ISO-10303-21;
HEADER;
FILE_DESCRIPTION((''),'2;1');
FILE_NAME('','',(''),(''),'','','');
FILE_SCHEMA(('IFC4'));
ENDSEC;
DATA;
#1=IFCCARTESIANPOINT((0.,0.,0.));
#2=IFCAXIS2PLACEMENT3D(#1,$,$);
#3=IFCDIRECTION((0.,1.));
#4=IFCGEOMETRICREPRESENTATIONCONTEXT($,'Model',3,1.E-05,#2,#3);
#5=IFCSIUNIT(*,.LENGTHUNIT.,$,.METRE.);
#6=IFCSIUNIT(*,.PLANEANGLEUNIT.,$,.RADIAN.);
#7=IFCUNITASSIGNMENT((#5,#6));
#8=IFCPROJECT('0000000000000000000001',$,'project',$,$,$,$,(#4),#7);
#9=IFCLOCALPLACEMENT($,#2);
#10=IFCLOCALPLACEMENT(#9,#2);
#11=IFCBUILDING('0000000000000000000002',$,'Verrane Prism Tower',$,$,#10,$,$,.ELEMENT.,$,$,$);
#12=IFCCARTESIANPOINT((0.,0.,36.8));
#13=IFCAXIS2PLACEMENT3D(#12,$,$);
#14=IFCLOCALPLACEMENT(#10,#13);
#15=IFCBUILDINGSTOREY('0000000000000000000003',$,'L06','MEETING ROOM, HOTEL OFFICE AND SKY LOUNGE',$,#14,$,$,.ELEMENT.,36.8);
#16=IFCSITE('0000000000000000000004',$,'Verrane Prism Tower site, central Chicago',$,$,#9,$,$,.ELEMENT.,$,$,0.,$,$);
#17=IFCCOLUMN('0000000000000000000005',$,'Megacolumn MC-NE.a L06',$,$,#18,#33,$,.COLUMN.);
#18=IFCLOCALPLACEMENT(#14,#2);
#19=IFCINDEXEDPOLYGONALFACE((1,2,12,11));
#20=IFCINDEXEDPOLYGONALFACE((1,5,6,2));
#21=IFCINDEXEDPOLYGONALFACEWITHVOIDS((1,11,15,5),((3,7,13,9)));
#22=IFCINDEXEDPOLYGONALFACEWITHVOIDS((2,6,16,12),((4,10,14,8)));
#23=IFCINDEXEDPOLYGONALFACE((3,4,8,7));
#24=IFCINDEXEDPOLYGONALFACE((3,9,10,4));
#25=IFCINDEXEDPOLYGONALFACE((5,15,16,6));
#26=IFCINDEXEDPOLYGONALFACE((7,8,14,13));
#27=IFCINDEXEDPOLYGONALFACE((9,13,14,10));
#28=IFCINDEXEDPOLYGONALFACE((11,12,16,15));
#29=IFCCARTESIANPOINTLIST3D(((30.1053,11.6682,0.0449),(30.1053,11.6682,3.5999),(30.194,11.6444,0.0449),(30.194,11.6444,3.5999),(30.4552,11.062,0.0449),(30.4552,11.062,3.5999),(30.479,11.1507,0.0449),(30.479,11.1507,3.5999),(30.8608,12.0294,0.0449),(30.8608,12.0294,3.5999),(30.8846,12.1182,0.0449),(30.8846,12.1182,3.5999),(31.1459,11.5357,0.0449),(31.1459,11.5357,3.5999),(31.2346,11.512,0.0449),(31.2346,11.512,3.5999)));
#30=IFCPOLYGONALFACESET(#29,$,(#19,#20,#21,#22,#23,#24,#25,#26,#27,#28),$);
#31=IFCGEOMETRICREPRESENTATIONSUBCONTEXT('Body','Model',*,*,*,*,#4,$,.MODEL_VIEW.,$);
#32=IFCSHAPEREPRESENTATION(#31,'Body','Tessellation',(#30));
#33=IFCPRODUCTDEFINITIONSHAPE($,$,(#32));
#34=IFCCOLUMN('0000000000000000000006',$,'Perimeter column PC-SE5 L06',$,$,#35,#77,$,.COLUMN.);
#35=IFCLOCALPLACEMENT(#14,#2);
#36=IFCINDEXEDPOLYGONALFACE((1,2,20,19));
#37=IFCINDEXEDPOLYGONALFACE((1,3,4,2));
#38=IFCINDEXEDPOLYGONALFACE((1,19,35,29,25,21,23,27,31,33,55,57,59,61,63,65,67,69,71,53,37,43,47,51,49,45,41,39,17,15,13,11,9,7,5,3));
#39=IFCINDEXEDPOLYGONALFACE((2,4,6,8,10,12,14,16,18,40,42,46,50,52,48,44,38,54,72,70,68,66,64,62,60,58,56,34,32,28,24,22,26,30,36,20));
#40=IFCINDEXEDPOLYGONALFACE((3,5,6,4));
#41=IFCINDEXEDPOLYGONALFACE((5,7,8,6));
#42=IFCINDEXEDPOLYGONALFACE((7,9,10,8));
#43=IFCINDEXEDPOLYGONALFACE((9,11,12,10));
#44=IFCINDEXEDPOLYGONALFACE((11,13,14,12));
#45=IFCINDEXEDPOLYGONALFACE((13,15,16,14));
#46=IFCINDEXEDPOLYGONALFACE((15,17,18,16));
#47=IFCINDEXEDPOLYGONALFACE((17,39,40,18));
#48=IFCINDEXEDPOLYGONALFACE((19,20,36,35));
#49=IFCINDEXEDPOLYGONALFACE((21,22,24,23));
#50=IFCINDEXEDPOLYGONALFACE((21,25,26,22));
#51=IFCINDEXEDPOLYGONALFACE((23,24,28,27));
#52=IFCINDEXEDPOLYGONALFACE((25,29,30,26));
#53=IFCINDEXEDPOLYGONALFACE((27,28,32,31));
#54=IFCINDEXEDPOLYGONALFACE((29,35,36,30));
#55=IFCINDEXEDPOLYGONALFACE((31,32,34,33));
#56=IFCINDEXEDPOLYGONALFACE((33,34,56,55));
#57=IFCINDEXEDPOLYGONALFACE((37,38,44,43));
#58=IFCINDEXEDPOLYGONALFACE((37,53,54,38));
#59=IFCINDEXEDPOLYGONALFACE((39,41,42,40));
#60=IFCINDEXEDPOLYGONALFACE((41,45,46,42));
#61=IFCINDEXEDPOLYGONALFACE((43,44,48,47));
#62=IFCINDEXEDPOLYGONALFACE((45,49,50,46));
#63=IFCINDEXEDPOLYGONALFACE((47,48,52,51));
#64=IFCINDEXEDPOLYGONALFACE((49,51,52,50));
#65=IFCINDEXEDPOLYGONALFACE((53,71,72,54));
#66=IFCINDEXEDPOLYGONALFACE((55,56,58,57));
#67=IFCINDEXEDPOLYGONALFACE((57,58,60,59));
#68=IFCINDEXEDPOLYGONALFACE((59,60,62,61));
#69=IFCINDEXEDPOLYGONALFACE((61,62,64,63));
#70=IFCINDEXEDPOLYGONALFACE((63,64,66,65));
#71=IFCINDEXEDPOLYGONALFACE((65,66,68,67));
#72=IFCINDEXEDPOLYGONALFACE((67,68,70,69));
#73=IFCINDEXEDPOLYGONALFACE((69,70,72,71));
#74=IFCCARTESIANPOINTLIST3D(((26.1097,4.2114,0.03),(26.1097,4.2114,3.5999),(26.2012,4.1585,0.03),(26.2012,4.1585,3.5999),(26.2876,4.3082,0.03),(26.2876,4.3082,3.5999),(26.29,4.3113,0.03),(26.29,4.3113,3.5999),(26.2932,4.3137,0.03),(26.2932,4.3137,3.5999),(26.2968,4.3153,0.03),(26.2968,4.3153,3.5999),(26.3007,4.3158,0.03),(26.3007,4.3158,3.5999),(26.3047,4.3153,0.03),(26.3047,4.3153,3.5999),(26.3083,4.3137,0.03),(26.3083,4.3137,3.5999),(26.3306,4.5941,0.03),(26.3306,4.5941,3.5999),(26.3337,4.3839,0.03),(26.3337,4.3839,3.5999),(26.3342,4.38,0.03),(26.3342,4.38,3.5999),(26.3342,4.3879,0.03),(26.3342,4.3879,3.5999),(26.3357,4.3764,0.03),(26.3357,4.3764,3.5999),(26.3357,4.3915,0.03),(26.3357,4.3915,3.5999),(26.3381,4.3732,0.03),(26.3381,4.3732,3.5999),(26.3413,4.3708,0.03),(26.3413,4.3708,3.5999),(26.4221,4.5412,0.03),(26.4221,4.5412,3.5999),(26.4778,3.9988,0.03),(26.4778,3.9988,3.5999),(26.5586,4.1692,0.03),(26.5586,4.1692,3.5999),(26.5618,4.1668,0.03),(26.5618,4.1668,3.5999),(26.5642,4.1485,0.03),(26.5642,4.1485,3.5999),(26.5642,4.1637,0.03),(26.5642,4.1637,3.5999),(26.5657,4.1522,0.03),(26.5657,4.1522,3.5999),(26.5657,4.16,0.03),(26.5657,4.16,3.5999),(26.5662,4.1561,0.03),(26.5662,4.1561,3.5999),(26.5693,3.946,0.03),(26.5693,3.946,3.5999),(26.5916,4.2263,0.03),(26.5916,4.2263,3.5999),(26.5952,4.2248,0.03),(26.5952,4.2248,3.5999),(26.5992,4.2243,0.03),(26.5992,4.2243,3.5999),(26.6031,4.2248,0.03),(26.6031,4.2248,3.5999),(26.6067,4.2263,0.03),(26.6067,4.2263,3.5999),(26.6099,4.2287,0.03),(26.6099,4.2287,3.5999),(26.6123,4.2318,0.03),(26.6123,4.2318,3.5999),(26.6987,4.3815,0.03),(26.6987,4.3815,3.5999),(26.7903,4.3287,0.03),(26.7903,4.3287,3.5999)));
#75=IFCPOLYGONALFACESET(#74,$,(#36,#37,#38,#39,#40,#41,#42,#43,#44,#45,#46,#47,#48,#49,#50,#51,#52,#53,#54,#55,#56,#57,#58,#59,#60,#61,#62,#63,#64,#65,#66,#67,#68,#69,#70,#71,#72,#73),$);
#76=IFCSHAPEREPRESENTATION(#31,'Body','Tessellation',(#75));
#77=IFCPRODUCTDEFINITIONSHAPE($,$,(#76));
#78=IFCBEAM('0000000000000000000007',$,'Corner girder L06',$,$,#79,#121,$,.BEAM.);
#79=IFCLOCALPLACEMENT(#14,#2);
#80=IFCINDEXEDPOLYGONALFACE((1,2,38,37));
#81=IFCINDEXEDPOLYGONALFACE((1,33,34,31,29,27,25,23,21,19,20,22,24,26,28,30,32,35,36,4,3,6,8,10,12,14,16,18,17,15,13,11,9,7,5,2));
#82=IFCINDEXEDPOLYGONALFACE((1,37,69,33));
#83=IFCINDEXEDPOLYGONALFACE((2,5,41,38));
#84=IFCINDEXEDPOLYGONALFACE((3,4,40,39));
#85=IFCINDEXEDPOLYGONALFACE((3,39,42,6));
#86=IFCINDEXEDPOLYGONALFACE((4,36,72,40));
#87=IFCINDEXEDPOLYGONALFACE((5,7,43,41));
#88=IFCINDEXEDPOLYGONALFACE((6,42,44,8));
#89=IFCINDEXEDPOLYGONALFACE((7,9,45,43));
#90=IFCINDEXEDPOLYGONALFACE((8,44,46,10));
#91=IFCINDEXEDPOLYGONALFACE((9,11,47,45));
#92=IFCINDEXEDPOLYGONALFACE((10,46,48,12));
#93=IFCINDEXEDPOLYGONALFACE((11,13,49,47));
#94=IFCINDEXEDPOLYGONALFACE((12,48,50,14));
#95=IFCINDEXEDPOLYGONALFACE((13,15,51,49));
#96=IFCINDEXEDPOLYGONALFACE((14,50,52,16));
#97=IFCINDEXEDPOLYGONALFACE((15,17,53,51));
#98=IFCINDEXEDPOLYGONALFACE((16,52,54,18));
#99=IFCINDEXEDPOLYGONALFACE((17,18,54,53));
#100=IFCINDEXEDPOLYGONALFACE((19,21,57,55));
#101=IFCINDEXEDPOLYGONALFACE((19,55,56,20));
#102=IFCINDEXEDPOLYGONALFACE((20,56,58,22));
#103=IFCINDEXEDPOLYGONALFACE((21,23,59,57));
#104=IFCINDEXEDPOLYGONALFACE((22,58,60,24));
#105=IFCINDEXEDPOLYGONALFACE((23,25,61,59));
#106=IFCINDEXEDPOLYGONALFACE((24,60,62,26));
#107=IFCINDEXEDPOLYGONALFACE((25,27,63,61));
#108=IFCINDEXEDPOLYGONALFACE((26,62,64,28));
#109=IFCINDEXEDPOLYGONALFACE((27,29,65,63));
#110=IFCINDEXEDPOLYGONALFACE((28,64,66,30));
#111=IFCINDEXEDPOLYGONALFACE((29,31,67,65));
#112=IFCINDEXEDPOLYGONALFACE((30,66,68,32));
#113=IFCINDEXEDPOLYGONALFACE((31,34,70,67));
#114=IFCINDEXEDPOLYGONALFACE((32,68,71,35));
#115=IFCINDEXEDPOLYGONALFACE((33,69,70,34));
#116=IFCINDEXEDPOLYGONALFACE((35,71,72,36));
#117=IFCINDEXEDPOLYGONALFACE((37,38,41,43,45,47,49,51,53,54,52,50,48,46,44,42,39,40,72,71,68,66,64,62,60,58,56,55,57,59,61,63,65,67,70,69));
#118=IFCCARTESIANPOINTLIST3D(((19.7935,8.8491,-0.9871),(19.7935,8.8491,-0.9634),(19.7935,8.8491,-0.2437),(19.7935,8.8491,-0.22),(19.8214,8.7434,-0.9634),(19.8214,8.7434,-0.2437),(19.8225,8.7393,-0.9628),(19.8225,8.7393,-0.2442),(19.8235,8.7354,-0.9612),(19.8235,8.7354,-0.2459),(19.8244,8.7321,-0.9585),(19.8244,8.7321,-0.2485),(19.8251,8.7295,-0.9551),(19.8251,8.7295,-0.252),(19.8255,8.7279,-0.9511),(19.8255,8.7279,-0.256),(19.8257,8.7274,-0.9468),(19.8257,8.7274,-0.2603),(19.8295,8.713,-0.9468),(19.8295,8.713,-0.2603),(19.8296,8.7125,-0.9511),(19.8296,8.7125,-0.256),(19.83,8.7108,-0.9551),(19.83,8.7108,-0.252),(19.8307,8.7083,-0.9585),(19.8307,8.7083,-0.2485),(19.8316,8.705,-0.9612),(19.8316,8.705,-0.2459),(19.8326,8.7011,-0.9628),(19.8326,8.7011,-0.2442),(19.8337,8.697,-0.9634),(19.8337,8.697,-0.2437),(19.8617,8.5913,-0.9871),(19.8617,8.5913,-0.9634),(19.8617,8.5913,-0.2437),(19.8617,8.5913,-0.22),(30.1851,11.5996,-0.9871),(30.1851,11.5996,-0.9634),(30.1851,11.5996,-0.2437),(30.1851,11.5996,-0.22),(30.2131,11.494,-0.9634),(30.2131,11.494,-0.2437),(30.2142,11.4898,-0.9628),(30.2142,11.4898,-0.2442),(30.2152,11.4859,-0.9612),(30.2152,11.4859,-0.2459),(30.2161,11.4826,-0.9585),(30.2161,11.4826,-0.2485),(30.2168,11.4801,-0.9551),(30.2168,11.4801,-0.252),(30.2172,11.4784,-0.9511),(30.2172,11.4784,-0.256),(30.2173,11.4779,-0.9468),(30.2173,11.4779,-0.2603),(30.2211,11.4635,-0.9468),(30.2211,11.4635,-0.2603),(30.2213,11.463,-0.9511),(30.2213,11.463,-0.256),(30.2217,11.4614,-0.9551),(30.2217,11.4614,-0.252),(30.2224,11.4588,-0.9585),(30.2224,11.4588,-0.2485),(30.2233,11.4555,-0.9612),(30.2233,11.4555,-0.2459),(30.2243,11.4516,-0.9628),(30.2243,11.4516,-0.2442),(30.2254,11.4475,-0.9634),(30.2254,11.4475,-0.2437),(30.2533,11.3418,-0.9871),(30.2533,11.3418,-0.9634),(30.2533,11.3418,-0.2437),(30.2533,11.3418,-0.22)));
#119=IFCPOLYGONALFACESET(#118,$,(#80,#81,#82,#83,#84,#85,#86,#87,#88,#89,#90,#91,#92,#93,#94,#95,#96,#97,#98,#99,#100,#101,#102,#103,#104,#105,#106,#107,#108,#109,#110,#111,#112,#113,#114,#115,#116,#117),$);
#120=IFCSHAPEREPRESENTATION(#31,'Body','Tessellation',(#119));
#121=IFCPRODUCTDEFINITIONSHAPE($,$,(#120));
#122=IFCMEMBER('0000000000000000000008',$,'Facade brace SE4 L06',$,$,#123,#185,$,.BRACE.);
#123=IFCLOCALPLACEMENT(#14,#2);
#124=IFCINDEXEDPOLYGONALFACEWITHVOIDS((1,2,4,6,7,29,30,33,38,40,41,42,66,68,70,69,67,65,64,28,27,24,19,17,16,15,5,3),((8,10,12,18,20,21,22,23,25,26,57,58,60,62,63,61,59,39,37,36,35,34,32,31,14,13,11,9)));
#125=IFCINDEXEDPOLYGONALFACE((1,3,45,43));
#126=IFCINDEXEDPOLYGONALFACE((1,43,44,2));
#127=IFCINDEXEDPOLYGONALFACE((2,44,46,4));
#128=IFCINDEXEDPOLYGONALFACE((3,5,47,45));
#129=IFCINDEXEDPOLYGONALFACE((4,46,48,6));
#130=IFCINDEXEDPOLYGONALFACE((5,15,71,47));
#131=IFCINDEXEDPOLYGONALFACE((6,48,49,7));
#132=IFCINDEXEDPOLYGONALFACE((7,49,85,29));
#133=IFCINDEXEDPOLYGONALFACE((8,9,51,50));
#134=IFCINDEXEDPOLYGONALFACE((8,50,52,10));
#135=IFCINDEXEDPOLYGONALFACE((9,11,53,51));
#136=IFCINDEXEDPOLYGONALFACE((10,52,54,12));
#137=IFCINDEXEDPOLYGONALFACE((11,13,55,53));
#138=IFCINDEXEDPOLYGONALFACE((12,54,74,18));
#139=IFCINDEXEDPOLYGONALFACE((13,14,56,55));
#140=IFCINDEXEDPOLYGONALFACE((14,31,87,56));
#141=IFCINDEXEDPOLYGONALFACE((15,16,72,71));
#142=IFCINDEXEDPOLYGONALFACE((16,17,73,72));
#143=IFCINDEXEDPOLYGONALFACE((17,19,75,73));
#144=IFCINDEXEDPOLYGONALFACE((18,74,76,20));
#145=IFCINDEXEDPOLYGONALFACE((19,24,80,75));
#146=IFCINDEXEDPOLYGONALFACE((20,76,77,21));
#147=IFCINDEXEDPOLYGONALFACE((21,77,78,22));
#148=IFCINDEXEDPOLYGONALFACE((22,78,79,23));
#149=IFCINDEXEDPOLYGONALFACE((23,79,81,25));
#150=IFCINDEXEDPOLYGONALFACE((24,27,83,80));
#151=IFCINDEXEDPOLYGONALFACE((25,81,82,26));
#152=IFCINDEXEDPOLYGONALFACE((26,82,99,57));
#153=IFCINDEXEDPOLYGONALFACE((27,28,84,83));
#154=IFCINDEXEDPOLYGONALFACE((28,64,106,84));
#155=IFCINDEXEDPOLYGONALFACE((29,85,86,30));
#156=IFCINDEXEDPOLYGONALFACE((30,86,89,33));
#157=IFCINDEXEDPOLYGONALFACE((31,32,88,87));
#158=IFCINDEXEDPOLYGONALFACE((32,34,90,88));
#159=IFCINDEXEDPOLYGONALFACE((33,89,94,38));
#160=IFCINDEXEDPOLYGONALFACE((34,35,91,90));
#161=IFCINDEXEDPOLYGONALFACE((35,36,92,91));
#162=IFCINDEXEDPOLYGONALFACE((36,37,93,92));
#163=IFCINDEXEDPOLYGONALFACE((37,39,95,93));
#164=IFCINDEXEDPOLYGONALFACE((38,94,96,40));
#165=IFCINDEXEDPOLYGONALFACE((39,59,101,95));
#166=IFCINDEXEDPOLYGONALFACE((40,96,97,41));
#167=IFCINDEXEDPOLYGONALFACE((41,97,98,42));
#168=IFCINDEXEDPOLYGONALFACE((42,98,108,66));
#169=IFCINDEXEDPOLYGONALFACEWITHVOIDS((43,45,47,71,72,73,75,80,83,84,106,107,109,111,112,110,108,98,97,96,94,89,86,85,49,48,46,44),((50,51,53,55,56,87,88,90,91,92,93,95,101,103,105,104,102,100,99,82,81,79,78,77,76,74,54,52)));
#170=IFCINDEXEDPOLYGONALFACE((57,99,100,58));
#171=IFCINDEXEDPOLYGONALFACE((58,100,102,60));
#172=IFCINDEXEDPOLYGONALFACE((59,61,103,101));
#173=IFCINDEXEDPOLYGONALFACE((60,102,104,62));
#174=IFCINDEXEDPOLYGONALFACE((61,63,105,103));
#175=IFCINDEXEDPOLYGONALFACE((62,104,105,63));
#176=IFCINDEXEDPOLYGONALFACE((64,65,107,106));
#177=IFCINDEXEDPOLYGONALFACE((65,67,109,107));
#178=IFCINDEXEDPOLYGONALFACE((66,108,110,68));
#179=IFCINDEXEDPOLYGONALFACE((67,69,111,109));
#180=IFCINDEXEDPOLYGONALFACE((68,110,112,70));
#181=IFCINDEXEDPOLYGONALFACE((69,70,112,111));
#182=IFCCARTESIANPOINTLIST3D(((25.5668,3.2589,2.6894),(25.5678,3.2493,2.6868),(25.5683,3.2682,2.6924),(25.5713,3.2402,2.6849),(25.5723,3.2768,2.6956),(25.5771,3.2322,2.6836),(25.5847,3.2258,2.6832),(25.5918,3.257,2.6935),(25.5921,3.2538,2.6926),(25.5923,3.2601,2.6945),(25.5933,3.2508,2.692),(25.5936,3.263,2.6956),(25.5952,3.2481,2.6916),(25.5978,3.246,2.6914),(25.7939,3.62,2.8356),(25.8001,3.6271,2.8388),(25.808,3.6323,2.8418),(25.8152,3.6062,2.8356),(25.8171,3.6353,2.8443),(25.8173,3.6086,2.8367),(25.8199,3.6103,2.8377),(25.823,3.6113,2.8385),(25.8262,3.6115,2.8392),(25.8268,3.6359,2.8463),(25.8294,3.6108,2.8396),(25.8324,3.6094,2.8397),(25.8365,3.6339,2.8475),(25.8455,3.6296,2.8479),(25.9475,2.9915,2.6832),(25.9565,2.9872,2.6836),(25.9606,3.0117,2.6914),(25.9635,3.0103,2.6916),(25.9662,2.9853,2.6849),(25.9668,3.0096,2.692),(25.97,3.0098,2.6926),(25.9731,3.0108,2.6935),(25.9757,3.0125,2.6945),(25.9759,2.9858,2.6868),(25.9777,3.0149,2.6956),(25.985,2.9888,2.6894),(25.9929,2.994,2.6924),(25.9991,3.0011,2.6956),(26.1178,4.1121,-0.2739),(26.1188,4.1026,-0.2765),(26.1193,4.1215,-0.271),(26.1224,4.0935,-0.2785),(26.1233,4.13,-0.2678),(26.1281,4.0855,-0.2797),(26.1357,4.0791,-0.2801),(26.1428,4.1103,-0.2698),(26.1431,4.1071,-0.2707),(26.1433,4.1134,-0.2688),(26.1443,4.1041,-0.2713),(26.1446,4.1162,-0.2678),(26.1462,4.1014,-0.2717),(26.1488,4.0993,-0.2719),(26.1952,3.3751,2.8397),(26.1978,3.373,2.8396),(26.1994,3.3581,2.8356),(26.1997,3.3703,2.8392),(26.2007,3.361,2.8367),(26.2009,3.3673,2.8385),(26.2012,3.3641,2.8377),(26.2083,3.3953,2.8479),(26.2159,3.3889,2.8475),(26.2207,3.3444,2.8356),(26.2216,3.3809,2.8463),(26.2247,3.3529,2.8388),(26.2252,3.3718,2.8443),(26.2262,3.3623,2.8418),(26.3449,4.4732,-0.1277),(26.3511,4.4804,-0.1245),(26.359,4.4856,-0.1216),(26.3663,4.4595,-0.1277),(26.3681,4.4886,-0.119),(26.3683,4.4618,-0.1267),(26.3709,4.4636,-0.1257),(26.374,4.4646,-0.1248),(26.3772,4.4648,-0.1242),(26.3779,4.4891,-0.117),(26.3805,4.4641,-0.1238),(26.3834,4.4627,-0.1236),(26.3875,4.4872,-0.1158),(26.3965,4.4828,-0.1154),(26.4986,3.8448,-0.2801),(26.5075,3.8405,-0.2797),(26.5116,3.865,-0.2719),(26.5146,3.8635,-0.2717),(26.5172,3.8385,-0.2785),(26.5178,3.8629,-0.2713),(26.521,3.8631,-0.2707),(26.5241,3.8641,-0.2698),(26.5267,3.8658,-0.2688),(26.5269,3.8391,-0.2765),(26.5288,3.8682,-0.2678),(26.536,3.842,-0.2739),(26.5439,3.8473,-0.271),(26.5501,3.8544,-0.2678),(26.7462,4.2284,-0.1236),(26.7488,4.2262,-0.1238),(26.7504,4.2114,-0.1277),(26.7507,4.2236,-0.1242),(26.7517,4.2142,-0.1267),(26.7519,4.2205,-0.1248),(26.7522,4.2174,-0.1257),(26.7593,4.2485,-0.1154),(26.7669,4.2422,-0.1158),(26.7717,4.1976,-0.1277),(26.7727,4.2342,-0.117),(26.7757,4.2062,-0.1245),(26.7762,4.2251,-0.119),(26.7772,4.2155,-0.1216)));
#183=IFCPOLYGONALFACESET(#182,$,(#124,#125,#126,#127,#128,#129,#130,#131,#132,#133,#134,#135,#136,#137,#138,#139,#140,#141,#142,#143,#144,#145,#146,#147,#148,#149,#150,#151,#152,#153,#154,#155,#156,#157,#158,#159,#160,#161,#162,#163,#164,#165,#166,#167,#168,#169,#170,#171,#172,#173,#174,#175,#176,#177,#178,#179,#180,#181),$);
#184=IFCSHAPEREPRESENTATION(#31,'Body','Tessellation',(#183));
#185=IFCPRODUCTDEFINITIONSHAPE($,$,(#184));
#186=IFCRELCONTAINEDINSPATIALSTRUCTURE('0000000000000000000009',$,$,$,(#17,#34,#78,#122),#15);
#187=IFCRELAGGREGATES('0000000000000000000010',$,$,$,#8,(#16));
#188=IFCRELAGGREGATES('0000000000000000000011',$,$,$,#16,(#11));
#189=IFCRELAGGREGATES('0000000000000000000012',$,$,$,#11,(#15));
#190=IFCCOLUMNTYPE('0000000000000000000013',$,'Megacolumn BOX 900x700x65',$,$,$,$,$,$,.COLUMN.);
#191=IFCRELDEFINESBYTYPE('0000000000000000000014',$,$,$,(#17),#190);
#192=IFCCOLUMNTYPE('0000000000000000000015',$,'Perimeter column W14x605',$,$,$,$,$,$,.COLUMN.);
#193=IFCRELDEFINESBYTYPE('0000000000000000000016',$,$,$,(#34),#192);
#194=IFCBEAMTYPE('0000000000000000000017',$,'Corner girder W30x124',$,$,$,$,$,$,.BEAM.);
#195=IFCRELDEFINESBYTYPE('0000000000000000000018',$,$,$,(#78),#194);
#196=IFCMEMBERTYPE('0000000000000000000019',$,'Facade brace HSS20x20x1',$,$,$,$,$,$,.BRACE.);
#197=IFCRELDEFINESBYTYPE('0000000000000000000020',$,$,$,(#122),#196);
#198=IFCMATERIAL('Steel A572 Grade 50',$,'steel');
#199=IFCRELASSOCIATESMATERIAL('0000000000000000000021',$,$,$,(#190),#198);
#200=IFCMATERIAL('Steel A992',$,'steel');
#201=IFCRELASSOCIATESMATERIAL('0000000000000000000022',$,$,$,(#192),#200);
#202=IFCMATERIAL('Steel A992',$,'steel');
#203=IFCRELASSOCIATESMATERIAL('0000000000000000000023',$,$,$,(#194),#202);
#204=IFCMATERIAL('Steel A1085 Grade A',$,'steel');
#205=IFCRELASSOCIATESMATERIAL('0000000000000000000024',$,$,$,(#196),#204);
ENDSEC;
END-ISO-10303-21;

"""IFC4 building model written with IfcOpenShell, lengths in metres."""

from ifc_helpers import new_model, si_unit, direction, frame, origin, origin_2d, place, context, subcontext, project, spatial, hollow_rectangle, i_section, extrude, material, material_profile, profile_set, type_object, element, save


model = new_model("IFC4")

# Units and contexts
model_context = context("Model", 3, precision=1e-05, world=origin(), true_north=direction((0.0, 1.0)))
body_context = subcontext(model_context, "Body", "Model", "MODEL_VIEW")
ifc_project = project(units=[si_unit("LENGTHUNIT", "METRE"), si_unit("PLANEANGLEUNIT", "RADIAN")], contexts=[model_context])

# Site, building, storey
site_placement = place(None, origin())
site = spatial("IfcSite", under=ifc_project, at=site_placement, Name="Verrane Prism Tower site, central Chicago", CompositionType="ELEMENT", RefElevation=0.0)
building_placement = place(site_placement, origin())
building = spatial("IfcBuilding", under=site, at=building_placement, Name="Verrane Prism Tower", CompositionType="ELEMENT")
storey_placement = place(building_placement, frame((0.0, 0.0, 36.8)))
storey = spatial("IfcBuildingStorey", under=building, at=storey_placement, Name="L06", Description="MEETING ROOM, HOTEL OFFICE AND SKY LOUNGE", CompositionType="ELEMENT", Elevation=36.8)

# Columns
ifc_material_1 = material(Name="Steel A572 Grade 50", Category="steel")
ifc_material_profile_1 = material_profile(ifc_material_1, hollow_rectangle(XDim=0.7, YDim=0.8999, WallThickness=0.0649, at=origin_2d()), Name="BOX 900x700x65")
ifc_profile_set_1 = profile_set([ifc_material_profile_1], Name="Steel A572 Grade 50")
column_type_1 = type_object("IfcColumnType", Name="Megacolumn BOX 900x700x65", PredefinedType="COLUMN", material=ifc_profile_set_1)
column_1_placement = place(storey_placement, frame((30.6699, 11.5901, 0.0449), z_axis=(0.0, 0.0, 1.0), x_axis=(0.5, -0.866025, 0.0)))
element("IfcColumn", 1, at=column_1_placement, inside=storey, type_object=column_type_1, Name="Megacolumn MC-NE.a L06", PredefinedType="COLUMN", context=body_context, shape_type="SweptSolid", body=[
    extrude(hollow_rectangle(XDim=0.7, YDim=0.8999, WallThickness=0.0649, at=origin_2d()), origin(), (0.0, 0.0, 1.0), 3.5549),
])
ifc_material_2 = material(Name="Steel A992", Category="steel")
ifc_material_profile_2 = material_profile(ifc_material_2, i_section(OverallWidth=0.4419, OverallDepth=0.5308, WebThickness=0.0659, FlangeThickness=0.1057, FilletRadius=0.0151, at=origin_2d()), Name="W14x605")
ifc_profile_set_2 = profile_set([ifc_material_profile_2], Name="Steel A992")
column_type_2 = type_object("IfcColumnType", Name="Perimeter column W14x605", PredefinedType="COLUMN", material=ifc_profile_set_2)
column_2_placement = place(storey_placement, frame((26.45, 4.27, 0.03), z_axis=(0.0, 0.0, 1.0), x_axis=(-0.5, -0.866025, 0.0)))
element("IfcColumn", 2, at=column_2_placement, inside=storey, type_object=column_type_2, Name="Perimeter column PC-SE5 L06", PredefinedType="COLUMN", context=body_context, shape_type="SweptSolid", body=[
    extrude(i_section(OverallWidth=0.4419, OverallDepth=0.5308, WebThickness=0.0659, FlangeThickness=0.1057, FilletRadius=0.0151, at=origin_2d()), origin(), (0.0, 0.0, 1.0), 3.5698),
])

# Beam
ifc_material_3 = material(Name="Steel A992", Category="steel")
ifc_material_profile_3 = material_profile(ifc_material_3, i_section(OverallWidth=0.2666, OverallDepth=0.7671, WebThickness=0.0149, FlangeThickness=0.0237, FilletRadius=0.0166, at=origin_2d()), Name="W30x124")
ifc_profile_set_3 = profile_set([ifc_material_profile_3], Name="Steel A992")
beam_type_1 = type_object("IfcBeamType", Name="Corner girder W30x124", PredefinedType="BEAM", material=ifc_profile_set_3)
beam_1_placement = place(storey_placement, frame((30.2192, 11.4707, -0.6035), z_axis=(-0.966711, -0.255873, 0.0), x_axis=(0.255873, -0.966711, 0.0)))
element("IfcBeam", 3, at=beam_1_placement, inside=storey, type_object=beam_type_1, Name="Corner girder L06", PredefinedType="BEAM", context=body_context, shape_type="SweptSolid", body=[
    extrude(i_section(OverallWidth=0.2666, OverallDepth=0.7671, WebThickness=0.0149, FlangeThickness=0.0237, FilletRadius=0.0166, at=origin_2d()), origin(), (0.0, 0.0, 1.0), 10.7495),
])

# Member
ifc_material_4 = material(Name="Steel A1085 Grade A", Category="steel")
ifc_material_profile_4 = material_profile(ifc_material_4, hollow_rectangle(XDim=0.5081, YDim=0.5081, WallThickness=0.0254, InnerFilletRadius=0.0127, OuterFilletRadius=0.0381, at=origin_2d()), Name="HSS20x20x1")
ifc_profile_set_4 = profile_set([ifc_material_profile_4], Name="Steel A1085 Grade A")
member_type_1 = type_object("IfcMemberType", Name="Facade brace HSS20x20x1", PredefinedType="BRACE", material=ifc_profile_set_4)
member_1_placement = place(storey_placement, frame((26.4475, 4.1638, -0.1978), z_axis=(-0.175899, -0.272383, 0.945974), x_axis=(0.84006, -0.542494, 0.0)))
element("IfcMember", 4, at=member_1_placement, inside=storey, type_object=member_type_1, Name="Facade brace SE4 L06", PredefinedType="BRACE", context=body_context, shape_type="SweptSolid", body=[
    extrude(hollow_rectangle(XDim=0.5081, YDim=0.5081, WallThickness=0.0254, InnerFilletRadius=0.0127, OuterFilletRadius=0.0381, at=origin_2d()), origin(), (0.0, 0.0, 1.0), 3.1326),
])

save(model, "model.ifc")
